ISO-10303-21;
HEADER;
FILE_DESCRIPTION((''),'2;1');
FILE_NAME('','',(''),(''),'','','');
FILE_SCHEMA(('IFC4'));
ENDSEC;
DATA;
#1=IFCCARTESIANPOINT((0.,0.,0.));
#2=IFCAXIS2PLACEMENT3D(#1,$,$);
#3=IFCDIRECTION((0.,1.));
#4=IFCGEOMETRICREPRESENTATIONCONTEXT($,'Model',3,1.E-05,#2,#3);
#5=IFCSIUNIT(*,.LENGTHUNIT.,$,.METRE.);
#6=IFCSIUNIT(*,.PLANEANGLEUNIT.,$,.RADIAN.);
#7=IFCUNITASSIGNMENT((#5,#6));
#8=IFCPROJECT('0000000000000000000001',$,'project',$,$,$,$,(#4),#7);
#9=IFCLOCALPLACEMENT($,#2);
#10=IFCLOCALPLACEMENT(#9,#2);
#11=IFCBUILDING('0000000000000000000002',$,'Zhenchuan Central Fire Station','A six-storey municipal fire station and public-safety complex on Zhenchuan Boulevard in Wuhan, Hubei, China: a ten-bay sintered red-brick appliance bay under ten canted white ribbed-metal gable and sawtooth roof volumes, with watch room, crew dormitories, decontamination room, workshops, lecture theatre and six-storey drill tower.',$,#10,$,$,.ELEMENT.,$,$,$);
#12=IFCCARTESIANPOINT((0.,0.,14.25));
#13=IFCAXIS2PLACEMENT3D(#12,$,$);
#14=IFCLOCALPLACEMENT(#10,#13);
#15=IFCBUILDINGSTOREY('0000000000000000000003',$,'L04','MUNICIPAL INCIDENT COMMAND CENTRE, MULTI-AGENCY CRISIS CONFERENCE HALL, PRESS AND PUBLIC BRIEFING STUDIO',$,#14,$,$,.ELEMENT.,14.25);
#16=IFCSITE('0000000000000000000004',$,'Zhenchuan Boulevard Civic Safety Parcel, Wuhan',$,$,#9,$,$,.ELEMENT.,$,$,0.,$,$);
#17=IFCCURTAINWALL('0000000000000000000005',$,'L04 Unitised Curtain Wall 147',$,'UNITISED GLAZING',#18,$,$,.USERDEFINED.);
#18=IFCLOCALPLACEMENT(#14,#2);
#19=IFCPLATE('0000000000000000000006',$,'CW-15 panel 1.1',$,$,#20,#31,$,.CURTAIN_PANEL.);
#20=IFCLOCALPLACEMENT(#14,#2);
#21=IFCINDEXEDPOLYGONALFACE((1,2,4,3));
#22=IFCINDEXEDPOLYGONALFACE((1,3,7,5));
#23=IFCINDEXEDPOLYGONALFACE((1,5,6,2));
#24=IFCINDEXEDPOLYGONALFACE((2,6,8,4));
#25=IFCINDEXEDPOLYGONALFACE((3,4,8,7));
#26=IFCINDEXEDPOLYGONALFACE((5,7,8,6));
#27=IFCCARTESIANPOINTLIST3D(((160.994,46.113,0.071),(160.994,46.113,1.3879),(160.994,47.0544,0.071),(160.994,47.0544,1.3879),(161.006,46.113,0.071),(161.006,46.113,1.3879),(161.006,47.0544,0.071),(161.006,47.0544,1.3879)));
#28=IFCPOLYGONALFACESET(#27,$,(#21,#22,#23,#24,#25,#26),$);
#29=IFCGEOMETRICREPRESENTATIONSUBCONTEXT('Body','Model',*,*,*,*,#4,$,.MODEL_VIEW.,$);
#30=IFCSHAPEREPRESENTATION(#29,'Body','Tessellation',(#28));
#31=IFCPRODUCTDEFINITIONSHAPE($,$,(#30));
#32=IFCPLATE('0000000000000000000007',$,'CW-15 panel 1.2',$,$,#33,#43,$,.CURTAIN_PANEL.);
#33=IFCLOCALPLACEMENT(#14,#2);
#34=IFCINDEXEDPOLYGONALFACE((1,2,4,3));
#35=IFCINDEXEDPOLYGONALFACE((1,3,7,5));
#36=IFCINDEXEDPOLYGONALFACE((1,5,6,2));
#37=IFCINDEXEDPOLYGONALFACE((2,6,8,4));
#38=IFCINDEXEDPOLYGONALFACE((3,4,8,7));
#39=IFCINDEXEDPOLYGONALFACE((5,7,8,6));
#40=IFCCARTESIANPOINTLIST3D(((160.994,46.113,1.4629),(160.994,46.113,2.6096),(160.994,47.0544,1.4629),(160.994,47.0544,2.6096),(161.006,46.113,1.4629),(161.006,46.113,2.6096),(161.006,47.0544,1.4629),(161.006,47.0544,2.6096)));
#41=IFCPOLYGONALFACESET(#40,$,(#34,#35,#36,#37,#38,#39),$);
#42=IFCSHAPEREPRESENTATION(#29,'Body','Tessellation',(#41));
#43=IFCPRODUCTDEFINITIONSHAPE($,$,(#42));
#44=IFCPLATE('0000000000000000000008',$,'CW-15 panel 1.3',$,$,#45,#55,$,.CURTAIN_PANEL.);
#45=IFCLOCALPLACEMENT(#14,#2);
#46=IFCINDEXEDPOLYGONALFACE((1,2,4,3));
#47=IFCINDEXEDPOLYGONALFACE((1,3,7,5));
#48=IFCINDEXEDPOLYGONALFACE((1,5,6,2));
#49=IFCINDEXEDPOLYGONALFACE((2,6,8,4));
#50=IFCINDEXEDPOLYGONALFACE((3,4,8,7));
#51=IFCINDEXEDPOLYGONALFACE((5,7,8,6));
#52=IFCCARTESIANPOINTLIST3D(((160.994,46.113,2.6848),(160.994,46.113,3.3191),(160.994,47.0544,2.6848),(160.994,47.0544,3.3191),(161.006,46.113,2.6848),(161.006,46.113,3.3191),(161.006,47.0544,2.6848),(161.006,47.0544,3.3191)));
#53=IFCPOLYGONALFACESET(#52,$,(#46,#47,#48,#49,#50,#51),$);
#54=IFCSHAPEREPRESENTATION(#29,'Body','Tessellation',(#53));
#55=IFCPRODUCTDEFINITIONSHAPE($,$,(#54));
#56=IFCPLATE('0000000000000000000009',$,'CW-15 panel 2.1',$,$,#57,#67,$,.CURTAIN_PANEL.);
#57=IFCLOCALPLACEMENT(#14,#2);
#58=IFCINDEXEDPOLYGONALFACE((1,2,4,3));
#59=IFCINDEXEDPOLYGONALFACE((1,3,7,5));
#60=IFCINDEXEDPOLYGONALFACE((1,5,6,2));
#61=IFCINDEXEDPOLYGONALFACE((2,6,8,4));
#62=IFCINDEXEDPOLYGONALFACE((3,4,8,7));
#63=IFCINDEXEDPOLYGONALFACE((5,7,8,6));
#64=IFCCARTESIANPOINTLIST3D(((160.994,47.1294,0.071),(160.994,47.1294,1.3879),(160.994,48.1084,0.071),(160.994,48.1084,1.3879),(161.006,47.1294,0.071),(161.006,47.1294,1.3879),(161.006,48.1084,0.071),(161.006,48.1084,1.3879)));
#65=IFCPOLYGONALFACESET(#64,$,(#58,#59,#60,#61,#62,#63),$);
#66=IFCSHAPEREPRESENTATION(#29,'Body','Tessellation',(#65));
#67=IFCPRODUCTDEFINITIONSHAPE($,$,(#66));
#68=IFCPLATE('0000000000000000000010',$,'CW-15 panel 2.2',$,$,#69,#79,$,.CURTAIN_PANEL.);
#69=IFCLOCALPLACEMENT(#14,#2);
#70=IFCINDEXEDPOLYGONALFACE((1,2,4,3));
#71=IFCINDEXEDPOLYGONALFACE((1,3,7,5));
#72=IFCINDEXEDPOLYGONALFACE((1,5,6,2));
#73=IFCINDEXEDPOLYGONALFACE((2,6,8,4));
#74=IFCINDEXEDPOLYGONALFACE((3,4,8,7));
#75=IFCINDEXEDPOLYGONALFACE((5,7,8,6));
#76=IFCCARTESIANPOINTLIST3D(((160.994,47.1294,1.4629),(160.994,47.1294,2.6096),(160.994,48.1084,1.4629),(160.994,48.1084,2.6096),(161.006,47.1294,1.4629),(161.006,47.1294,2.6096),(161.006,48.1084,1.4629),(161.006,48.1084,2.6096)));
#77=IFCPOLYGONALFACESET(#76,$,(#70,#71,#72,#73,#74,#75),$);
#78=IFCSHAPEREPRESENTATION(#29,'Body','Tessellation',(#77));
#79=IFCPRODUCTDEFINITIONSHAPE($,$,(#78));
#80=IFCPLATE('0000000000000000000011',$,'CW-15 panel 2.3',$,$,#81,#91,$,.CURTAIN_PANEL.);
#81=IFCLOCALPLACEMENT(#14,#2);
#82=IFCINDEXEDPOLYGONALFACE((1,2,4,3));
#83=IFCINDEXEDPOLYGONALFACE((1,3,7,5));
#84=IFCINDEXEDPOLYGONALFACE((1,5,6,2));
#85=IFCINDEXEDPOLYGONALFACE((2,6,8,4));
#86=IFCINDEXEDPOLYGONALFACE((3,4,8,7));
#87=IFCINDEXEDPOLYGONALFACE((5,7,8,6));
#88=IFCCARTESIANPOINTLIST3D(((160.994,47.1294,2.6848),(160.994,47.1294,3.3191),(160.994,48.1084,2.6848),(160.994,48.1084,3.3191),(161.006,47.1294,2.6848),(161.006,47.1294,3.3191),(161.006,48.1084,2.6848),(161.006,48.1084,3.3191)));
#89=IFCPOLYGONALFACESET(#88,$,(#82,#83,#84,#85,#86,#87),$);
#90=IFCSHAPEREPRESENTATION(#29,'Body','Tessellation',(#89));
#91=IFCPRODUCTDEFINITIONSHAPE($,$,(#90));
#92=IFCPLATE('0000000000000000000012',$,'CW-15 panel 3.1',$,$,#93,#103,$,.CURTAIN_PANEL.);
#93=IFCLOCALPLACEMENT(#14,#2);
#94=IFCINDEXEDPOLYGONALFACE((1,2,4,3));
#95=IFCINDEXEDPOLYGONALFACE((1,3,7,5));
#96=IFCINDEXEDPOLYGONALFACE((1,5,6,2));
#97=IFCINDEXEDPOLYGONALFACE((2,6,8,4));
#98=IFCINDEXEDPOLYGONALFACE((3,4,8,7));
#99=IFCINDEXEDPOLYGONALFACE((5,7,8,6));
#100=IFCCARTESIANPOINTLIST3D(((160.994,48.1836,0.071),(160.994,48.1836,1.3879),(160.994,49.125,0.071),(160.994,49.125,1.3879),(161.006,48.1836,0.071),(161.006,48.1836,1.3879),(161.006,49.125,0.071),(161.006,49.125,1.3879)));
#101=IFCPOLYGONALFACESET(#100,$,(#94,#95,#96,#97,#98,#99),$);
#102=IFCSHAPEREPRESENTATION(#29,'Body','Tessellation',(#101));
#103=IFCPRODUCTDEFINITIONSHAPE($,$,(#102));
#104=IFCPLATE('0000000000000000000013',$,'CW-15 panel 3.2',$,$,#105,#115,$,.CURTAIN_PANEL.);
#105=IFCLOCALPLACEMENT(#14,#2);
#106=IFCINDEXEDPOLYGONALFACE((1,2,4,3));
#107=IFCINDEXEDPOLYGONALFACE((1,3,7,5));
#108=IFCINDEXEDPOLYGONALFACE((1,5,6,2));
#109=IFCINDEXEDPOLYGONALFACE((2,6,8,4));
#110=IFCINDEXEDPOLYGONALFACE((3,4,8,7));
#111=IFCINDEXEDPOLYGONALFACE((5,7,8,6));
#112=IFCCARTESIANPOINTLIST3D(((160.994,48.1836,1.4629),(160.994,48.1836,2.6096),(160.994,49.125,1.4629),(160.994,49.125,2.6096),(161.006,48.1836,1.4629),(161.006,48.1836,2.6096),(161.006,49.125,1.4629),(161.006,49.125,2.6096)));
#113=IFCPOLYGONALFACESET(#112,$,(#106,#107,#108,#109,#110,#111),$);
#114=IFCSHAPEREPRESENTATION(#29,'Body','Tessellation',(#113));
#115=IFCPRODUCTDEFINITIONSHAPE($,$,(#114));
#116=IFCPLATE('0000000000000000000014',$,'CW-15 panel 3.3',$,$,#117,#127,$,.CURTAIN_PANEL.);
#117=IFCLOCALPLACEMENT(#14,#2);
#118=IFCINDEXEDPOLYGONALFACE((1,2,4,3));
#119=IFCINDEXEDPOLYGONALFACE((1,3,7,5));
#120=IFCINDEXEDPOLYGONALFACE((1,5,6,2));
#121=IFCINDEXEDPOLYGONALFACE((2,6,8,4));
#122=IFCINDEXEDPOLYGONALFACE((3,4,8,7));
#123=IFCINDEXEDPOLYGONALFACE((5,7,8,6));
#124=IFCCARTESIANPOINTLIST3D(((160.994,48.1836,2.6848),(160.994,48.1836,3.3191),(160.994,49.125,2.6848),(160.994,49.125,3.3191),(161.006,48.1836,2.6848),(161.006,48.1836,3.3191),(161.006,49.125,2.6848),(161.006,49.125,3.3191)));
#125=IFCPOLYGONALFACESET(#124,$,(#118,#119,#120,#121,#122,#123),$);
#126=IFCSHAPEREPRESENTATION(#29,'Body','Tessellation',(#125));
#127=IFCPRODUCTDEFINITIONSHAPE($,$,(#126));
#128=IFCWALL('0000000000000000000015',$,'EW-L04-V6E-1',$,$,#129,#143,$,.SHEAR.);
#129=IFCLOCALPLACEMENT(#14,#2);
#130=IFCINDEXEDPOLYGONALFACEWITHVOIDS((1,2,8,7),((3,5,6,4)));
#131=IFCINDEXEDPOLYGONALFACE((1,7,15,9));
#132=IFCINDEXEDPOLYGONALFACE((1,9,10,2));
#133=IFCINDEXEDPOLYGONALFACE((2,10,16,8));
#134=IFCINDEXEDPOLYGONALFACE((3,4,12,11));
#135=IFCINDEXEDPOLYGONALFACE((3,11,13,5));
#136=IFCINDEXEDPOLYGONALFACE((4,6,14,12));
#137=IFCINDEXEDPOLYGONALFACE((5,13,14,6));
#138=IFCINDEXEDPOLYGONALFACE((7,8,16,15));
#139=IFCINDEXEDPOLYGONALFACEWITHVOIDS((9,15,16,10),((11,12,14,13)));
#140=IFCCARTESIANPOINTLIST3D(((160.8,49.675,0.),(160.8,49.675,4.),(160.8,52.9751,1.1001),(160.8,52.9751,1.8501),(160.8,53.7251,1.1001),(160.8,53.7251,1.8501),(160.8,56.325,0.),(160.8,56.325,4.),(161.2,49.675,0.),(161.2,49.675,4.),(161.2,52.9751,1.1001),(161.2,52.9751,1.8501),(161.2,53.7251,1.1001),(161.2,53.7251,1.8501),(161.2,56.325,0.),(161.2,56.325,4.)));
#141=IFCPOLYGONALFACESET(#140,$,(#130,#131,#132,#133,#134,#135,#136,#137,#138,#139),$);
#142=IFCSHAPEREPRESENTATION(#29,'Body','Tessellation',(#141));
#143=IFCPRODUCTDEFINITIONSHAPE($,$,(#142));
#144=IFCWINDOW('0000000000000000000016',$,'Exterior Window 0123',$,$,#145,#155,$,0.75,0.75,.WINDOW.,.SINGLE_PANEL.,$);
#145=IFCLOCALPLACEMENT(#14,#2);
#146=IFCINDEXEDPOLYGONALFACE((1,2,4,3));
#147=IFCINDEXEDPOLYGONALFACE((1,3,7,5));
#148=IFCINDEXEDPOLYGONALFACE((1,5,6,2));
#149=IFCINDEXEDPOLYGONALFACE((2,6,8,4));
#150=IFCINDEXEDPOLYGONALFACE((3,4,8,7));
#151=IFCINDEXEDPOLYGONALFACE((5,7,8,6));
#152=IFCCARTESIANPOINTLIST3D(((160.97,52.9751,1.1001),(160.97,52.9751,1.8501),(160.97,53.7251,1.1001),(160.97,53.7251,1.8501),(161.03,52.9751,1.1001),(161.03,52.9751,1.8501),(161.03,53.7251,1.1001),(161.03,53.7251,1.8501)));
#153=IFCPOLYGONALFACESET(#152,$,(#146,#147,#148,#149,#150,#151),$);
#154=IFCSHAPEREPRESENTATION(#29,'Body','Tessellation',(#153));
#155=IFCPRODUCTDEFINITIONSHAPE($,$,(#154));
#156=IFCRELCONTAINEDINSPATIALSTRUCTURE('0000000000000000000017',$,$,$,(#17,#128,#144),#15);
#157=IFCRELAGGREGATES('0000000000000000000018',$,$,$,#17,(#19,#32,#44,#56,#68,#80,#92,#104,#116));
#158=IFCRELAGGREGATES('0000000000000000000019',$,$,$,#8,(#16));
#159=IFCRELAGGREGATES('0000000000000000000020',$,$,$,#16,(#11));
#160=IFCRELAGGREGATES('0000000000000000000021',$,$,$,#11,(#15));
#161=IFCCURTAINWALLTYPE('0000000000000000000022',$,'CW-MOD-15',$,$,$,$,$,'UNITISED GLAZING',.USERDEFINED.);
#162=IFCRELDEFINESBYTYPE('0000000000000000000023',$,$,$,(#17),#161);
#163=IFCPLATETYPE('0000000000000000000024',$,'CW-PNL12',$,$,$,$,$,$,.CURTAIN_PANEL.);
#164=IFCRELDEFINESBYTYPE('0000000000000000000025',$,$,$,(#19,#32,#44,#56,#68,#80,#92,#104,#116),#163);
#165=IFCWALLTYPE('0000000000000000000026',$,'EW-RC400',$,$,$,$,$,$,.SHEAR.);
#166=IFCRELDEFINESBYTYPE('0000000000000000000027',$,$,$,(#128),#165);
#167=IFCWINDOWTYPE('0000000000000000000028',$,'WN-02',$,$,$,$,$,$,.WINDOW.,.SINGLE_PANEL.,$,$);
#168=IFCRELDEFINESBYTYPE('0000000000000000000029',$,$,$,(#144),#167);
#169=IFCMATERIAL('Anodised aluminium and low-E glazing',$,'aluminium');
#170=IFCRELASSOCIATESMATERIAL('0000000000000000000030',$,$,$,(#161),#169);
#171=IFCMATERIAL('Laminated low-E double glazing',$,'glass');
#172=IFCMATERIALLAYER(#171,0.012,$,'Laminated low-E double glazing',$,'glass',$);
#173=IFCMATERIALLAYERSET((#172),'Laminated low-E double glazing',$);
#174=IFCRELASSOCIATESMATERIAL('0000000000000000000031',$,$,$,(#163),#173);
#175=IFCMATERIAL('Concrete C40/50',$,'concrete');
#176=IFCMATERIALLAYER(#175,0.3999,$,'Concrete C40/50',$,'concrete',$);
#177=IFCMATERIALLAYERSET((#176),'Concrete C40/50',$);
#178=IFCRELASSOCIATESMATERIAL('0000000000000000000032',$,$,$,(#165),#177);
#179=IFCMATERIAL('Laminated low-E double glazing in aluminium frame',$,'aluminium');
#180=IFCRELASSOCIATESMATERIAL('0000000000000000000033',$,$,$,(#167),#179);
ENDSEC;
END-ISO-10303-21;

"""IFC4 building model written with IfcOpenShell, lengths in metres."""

from ifc_helpers import new_model, si_unit, direction, frame, frame_2d, origin, origin_2d, place, context, subcontext, project, spatial, rectangle, extrude, material, layer, layer_set, type_object, element, fill, aggregate, save


model = new_model("IFC4")

# Units and contexts
model_context = context("Model", 3, precision=1e-05, world=origin(), true_north=direction((0.0, 1.0)))
body_context = subcontext(model_context, "Body", "Model", "MODEL_VIEW")
ifc_project = project(units=[si_unit("LENGTHUNIT", "METRE"), si_unit("PLANEANGLEUNIT", "RADIAN")], contexts=[model_context])

# Site, building, storey
site_placement = place(None, origin())
site = spatial("IfcSite", under=ifc_project, at=site_placement, Name="Zhenchuan Boulevard Civic Safety Parcel, Wuhan", CompositionType="ELEMENT", RefElevation=0.0)
building_placement = place(site_placement, origin())
building = spatial("IfcBuilding", under=site, at=building_placement, Name="Zhenchuan Central Fire Station", Description="A six-storey municipal fire station and public-safety complex on Zhenchuan Boulevard in Wuhan, Hubei, China: a ten-bay sintered red-brick appliance bay under ten canted white ribbed-metal gable and sawtooth roof volumes, with watch room, crew dormitories, decontamination room, workshops, lecture theatre and six-storey drill tower.", CompositionType="ELEMENT")
storey_placement = place(building_placement, frame((0.0, 0.0, 14.25)))
storey = spatial("IfcBuildingStorey", under=building, at=storey_placement, Name="L04", Description="MUNICIPAL INCIDENT COMMAND CENTRE, MULTI-AGENCY CRISIS CONFERENCE HALL, PRESS AND PUBLIC BRIEFING STUDIO", CompositionType="ELEMENT", Elevation=14.25)

# Curtain wall
ifc_material_1 = material(Name="Anodised aluminium and low-E glazing", Category="aluminium")
curtain_wall_type = type_object("IfcCurtainWallType", Name="CW-MOD-15", ElementType="UNITISED GLAZING", PredefinedType="USERDEFINED", material=ifc_material_1)
curtain_wall_placement = place(storey_placement, origin())
curtain_wall = element("IfcCurtainWall", 1, at=curtain_wall_placement, inside=storey, type_object=curtain_wall_type, Name="L04 Unitised Curtain Wall 147", ObjectType="UNITISED GLAZING", PredefinedType="USERDEFINED")

# Plates
ifc_material_2 = material(Name="Laminated low-E double glazing", Category="glass")
ifc_layer_1 = layer(ifc_material_2, 0.012, Name="Laminated low-E double glazing", Category="glass")
ifc_layer_set_1 = layer_set([ifc_layer_1], Name="Laminated low-E double glazing")
plate_type = type_object("IfcPlateType", Name="CW-PNL12", PredefinedType="CURTAIN_PANEL", material=ifc_layer_set_1)
plate_1_placement = place(storey_placement, frame((161.0, 46.5837, 0.071), z_axis=(0.0, 0.0, 1.0), x_axis=(0.0, 1.0, 0.0)))
plate_1 = element("IfcPlate", 2, at=plate_1_placement, type_object=plate_type, Name="CW-15 panel 1.1", PredefinedType="CURTAIN_PANEL", context=body_context, shape_type="SweptSolid", body=[
    extrude(rectangle(XDim=0.9414, YDim=0.012, at=origin_2d()), origin(), (0.0, 0.0, 1.0), 1.3169),
])
plate_2_placement = place(storey_placement, frame((161.0, 46.5837, 1.4629), z_axis=(0.0, 0.0, 1.0), x_axis=(0.0, 1.0, 0.0)))
plate_2 = element("IfcPlate", 3, at=plate_2_placement, type_object=plate_type, Name="CW-15 panel 1.2", PredefinedType="CURTAIN_PANEL", context=body_context, shape_type="SweptSolid", body=[
    extrude(rectangle(XDim=0.9414, YDim=0.012, at=origin_2d()), origin(), (0.0, 0.0, 1.0), 1.1467),
])
plate_3_placement = place(storey_placement, frame((161.0, 46.5837, 2.6848), z_axis=(0.0, 0.0, 1.0), x_axis=(0.0, 1.0, 0.0)))
plate_3 = element("IfcPlate", 4, at=plate_3_placement, type_object=plate_type, Name="CW-15 panel 1.3", PredefinedType="CURTAIN_PANEL", context=body_context, shape_type="SweptSolid", body=[
    extrude(rectangle(XDim=0.9414, YDim=0.012, at=origin_2d()), origin(), (0.0, 0.0, 1.0), 0.6343),
])
plate_4_placement = place(storey_placement, frame((161.0, 47.6189, 0.071), z_axis=(0.0, 0.0, 1.0), x_axis=(0.0, 1.0, 0.0)))
plate_4 = element("IfcPlate", 5, at=plate_4_placement, type_object=plate_type, Name="CW-15 panel 2.1", PredefinedType="CURTAIN_PANEL", context=body_context, shape_type="SweptSolid", body=[
    extrude(rectangle(XDim=0.979, YDim=0.012, at=origin_2d()), origin(), (0.0, 0.0, 1.0), 1.3169),
])
plate_5_placement = place(storey_placement, frame((161.0, 47.6189, 1.4629), z_axis=(0.0, 0.0, 1.0), x_axis=(0.0, 1.0, 0.0)))
plate_5 = element("IfcPlate", 6, at=plate_5_placement, type_object=plate_type, Name="CW-15 panel 2.2", PredefinedType="CURTAIN_PANEL", context=body_context, shape_type="SweptSolid", body=[
    extrude(rectangle(XDim=0.979, YDim=0.012, at=origin_2d()), origin(), (0.0, 0.0, 1.0), 1.1467),
])
plate_6_placement = place(storey_placement, frame((161.0, 47.6189, 2.6848), z_axis=(0.0, 0.0, 1.0), x_axis=(0.0, 1.0, 0.0)))
plate_6 = element("IfcPlate", 7, at=plate_6_placement, type_object=plate_type, Name="CW-15 panel 2.3", PredefinedType="CURTAIN_PANEL", context=body_context, shape_type="SweptSolid", body=[
    extrude(rectangle(XDim=0.979, YDim=0.012, at=origin_2d()), origin(), (0.0, 0.0, 1.0), 0.6343),
])
plate_7_placement = place(storey_placement, frame((161.0, 48.6543, 0.071), z_axis=(0.0, 0.0, 1.0), x_axis=(0.0, 1.0, 0.0)))
plate_7 = element("IfcPlate", 8, at=plate_7_placement, type_object=plate_type, Name="CW-15 panel 3.1", PredefinedType="CURTAIN_PANEL", context=body_context, shape_type="SweptSolid", body=[
    extrude(rectangle(XDim=0.9414, YDim=0.012, at=origin_2d()), origin(), (0.0, 0.0, 1.0), 1.3169),
])
plate_8_placement = place(storey_placement, frame((161.0, 48.6543, 1.4629), z_axis=(0.0, 0.0, 1.0), x_axis=(0.0, 1.0, 0.0)))
plate_8 = element("IfcPlate", 9, at=plate_8_placement, type_object=plate_type, Name="CW-15 panel 3.2", PredefinedType="CURTAIN_PANEL", context=body_context, shape_type="SweptSolid", body=[
    extrude(rectangle(XDim=0.9414, YDim=0.012, at=origin_2d()), origin(), (0.0, 0.0, 1.0), 1.1467),
])
plate_9_placement = place(storey_placement, frame((161.0, 48.6543, 2.6848), z_axis=(0.0, 0.0, 1.0), x_axis=(0.0, 1.0, 0.0)))
plate_9 = element("IfcPlate", 10, at=plate_9_placement, type_object=plate_type, Name="CW-15 panel 3.3", PredefinedType="CURTAIN_PANEL", context=body_context, shape_type="SweptSolid", body=[
    extrude(rectangle(XDim=0.9414, YDim=0.012, at=origin_2d()), origin(), (0.0, 0.0, 1.0), 0.6343),
])
aggregate(curtain_wall, [plate_1, plate_2, plate_3, plate_4, plate_5, plate_6, plate_7, plate_8, plate_9])

# Wall, opening, window
ifc_material_3 = material(Name="Concrete C40/50", Category="concrete")
ifc_layer_2 = layer(ifc_material_3, 0.3999, Name="Concrete C40/50", Category="concrete")
ifc_layer_set_2 = layer_set([ifc_layer_2], Name="Concrete C40/50")
wall_type = type_object("IfcWallType", Name="EW-RC400", PredefinedType="SHEAR", material=ifc_layer_set_2)
wall_placement = place(storey_placement, frame((161.0, 49.675, 0.0), z_axis=(0.0, 0.0, 1.0), x_axis=(0.0, 1.0, 0.0)))
wall = element("IfcWall", 11, at=wall_placement, inside=storey, type_object=wall_type, Name="EW-L04-V6E-1", PredefinedType="SHEAR", context=body_context, shape_type="SweptSolid", body=[
    extrude(rectangle(XDim=6.6499, YDim=0.3999, at=frame_2d((3.325, 0.0))), origin(), (0.0, 0.0, 1.0), 4.0),
])
opening_placement = place(wall_placement, frame((3.3, 0.0, 1.1001)))
opening = element("IfcOpeningElement", 12, at=opening_placement, cuts=wall, PredefinedType="OPENING", context=body_context, shape_type="SweptSolid", body=[
    extrude(rectangle(XDim=0.75, YDim=0.75, at=frame_2d((0.375, 0.375))), frame((0.0, 0.21, 0.0), z_axis=(0.0, -1.0, 0.0), x_axis=(1.0, 0.0, 0.0)), (0.0, 0.0, 1.0), 0.4199),
])
ifc_material_4 = material(Name="Laminated low-E double glazing in aluminium frame", Category="aluminium")
window_type = type_object("IfcWindowType", Name="WN-02", PartitioningType="SINGLE_PANEL", PredefinedType="WINDOW", material=ifc_material_4)
window_placement = place(opening_placement, origin())
window = element("IfcWindow", 13, at=window_placement, inside=storey, type_object=window_type, Name="Exterior Window 0123", OverallHeight=0.75, OverallWidth=0.75, PartitioningType="SINGLE_PANEL", PredefinedType="WINDOW", context=body_context, shape_type="SweptSolid", body=[
    extrude(rectangle(XDim=0.75, YDim=0.75, at=frame_2d((0.375, 0.375))), frame((0.0, 0.03, 0.0), z_axis=(0.0, -1.0, 0.0), x_axis=(1.0, 0.0, 0.0)), (0.0, 0.0, 1.0), 0.0601),
])
fill(opening, window)

save(model, "model.ifc")
